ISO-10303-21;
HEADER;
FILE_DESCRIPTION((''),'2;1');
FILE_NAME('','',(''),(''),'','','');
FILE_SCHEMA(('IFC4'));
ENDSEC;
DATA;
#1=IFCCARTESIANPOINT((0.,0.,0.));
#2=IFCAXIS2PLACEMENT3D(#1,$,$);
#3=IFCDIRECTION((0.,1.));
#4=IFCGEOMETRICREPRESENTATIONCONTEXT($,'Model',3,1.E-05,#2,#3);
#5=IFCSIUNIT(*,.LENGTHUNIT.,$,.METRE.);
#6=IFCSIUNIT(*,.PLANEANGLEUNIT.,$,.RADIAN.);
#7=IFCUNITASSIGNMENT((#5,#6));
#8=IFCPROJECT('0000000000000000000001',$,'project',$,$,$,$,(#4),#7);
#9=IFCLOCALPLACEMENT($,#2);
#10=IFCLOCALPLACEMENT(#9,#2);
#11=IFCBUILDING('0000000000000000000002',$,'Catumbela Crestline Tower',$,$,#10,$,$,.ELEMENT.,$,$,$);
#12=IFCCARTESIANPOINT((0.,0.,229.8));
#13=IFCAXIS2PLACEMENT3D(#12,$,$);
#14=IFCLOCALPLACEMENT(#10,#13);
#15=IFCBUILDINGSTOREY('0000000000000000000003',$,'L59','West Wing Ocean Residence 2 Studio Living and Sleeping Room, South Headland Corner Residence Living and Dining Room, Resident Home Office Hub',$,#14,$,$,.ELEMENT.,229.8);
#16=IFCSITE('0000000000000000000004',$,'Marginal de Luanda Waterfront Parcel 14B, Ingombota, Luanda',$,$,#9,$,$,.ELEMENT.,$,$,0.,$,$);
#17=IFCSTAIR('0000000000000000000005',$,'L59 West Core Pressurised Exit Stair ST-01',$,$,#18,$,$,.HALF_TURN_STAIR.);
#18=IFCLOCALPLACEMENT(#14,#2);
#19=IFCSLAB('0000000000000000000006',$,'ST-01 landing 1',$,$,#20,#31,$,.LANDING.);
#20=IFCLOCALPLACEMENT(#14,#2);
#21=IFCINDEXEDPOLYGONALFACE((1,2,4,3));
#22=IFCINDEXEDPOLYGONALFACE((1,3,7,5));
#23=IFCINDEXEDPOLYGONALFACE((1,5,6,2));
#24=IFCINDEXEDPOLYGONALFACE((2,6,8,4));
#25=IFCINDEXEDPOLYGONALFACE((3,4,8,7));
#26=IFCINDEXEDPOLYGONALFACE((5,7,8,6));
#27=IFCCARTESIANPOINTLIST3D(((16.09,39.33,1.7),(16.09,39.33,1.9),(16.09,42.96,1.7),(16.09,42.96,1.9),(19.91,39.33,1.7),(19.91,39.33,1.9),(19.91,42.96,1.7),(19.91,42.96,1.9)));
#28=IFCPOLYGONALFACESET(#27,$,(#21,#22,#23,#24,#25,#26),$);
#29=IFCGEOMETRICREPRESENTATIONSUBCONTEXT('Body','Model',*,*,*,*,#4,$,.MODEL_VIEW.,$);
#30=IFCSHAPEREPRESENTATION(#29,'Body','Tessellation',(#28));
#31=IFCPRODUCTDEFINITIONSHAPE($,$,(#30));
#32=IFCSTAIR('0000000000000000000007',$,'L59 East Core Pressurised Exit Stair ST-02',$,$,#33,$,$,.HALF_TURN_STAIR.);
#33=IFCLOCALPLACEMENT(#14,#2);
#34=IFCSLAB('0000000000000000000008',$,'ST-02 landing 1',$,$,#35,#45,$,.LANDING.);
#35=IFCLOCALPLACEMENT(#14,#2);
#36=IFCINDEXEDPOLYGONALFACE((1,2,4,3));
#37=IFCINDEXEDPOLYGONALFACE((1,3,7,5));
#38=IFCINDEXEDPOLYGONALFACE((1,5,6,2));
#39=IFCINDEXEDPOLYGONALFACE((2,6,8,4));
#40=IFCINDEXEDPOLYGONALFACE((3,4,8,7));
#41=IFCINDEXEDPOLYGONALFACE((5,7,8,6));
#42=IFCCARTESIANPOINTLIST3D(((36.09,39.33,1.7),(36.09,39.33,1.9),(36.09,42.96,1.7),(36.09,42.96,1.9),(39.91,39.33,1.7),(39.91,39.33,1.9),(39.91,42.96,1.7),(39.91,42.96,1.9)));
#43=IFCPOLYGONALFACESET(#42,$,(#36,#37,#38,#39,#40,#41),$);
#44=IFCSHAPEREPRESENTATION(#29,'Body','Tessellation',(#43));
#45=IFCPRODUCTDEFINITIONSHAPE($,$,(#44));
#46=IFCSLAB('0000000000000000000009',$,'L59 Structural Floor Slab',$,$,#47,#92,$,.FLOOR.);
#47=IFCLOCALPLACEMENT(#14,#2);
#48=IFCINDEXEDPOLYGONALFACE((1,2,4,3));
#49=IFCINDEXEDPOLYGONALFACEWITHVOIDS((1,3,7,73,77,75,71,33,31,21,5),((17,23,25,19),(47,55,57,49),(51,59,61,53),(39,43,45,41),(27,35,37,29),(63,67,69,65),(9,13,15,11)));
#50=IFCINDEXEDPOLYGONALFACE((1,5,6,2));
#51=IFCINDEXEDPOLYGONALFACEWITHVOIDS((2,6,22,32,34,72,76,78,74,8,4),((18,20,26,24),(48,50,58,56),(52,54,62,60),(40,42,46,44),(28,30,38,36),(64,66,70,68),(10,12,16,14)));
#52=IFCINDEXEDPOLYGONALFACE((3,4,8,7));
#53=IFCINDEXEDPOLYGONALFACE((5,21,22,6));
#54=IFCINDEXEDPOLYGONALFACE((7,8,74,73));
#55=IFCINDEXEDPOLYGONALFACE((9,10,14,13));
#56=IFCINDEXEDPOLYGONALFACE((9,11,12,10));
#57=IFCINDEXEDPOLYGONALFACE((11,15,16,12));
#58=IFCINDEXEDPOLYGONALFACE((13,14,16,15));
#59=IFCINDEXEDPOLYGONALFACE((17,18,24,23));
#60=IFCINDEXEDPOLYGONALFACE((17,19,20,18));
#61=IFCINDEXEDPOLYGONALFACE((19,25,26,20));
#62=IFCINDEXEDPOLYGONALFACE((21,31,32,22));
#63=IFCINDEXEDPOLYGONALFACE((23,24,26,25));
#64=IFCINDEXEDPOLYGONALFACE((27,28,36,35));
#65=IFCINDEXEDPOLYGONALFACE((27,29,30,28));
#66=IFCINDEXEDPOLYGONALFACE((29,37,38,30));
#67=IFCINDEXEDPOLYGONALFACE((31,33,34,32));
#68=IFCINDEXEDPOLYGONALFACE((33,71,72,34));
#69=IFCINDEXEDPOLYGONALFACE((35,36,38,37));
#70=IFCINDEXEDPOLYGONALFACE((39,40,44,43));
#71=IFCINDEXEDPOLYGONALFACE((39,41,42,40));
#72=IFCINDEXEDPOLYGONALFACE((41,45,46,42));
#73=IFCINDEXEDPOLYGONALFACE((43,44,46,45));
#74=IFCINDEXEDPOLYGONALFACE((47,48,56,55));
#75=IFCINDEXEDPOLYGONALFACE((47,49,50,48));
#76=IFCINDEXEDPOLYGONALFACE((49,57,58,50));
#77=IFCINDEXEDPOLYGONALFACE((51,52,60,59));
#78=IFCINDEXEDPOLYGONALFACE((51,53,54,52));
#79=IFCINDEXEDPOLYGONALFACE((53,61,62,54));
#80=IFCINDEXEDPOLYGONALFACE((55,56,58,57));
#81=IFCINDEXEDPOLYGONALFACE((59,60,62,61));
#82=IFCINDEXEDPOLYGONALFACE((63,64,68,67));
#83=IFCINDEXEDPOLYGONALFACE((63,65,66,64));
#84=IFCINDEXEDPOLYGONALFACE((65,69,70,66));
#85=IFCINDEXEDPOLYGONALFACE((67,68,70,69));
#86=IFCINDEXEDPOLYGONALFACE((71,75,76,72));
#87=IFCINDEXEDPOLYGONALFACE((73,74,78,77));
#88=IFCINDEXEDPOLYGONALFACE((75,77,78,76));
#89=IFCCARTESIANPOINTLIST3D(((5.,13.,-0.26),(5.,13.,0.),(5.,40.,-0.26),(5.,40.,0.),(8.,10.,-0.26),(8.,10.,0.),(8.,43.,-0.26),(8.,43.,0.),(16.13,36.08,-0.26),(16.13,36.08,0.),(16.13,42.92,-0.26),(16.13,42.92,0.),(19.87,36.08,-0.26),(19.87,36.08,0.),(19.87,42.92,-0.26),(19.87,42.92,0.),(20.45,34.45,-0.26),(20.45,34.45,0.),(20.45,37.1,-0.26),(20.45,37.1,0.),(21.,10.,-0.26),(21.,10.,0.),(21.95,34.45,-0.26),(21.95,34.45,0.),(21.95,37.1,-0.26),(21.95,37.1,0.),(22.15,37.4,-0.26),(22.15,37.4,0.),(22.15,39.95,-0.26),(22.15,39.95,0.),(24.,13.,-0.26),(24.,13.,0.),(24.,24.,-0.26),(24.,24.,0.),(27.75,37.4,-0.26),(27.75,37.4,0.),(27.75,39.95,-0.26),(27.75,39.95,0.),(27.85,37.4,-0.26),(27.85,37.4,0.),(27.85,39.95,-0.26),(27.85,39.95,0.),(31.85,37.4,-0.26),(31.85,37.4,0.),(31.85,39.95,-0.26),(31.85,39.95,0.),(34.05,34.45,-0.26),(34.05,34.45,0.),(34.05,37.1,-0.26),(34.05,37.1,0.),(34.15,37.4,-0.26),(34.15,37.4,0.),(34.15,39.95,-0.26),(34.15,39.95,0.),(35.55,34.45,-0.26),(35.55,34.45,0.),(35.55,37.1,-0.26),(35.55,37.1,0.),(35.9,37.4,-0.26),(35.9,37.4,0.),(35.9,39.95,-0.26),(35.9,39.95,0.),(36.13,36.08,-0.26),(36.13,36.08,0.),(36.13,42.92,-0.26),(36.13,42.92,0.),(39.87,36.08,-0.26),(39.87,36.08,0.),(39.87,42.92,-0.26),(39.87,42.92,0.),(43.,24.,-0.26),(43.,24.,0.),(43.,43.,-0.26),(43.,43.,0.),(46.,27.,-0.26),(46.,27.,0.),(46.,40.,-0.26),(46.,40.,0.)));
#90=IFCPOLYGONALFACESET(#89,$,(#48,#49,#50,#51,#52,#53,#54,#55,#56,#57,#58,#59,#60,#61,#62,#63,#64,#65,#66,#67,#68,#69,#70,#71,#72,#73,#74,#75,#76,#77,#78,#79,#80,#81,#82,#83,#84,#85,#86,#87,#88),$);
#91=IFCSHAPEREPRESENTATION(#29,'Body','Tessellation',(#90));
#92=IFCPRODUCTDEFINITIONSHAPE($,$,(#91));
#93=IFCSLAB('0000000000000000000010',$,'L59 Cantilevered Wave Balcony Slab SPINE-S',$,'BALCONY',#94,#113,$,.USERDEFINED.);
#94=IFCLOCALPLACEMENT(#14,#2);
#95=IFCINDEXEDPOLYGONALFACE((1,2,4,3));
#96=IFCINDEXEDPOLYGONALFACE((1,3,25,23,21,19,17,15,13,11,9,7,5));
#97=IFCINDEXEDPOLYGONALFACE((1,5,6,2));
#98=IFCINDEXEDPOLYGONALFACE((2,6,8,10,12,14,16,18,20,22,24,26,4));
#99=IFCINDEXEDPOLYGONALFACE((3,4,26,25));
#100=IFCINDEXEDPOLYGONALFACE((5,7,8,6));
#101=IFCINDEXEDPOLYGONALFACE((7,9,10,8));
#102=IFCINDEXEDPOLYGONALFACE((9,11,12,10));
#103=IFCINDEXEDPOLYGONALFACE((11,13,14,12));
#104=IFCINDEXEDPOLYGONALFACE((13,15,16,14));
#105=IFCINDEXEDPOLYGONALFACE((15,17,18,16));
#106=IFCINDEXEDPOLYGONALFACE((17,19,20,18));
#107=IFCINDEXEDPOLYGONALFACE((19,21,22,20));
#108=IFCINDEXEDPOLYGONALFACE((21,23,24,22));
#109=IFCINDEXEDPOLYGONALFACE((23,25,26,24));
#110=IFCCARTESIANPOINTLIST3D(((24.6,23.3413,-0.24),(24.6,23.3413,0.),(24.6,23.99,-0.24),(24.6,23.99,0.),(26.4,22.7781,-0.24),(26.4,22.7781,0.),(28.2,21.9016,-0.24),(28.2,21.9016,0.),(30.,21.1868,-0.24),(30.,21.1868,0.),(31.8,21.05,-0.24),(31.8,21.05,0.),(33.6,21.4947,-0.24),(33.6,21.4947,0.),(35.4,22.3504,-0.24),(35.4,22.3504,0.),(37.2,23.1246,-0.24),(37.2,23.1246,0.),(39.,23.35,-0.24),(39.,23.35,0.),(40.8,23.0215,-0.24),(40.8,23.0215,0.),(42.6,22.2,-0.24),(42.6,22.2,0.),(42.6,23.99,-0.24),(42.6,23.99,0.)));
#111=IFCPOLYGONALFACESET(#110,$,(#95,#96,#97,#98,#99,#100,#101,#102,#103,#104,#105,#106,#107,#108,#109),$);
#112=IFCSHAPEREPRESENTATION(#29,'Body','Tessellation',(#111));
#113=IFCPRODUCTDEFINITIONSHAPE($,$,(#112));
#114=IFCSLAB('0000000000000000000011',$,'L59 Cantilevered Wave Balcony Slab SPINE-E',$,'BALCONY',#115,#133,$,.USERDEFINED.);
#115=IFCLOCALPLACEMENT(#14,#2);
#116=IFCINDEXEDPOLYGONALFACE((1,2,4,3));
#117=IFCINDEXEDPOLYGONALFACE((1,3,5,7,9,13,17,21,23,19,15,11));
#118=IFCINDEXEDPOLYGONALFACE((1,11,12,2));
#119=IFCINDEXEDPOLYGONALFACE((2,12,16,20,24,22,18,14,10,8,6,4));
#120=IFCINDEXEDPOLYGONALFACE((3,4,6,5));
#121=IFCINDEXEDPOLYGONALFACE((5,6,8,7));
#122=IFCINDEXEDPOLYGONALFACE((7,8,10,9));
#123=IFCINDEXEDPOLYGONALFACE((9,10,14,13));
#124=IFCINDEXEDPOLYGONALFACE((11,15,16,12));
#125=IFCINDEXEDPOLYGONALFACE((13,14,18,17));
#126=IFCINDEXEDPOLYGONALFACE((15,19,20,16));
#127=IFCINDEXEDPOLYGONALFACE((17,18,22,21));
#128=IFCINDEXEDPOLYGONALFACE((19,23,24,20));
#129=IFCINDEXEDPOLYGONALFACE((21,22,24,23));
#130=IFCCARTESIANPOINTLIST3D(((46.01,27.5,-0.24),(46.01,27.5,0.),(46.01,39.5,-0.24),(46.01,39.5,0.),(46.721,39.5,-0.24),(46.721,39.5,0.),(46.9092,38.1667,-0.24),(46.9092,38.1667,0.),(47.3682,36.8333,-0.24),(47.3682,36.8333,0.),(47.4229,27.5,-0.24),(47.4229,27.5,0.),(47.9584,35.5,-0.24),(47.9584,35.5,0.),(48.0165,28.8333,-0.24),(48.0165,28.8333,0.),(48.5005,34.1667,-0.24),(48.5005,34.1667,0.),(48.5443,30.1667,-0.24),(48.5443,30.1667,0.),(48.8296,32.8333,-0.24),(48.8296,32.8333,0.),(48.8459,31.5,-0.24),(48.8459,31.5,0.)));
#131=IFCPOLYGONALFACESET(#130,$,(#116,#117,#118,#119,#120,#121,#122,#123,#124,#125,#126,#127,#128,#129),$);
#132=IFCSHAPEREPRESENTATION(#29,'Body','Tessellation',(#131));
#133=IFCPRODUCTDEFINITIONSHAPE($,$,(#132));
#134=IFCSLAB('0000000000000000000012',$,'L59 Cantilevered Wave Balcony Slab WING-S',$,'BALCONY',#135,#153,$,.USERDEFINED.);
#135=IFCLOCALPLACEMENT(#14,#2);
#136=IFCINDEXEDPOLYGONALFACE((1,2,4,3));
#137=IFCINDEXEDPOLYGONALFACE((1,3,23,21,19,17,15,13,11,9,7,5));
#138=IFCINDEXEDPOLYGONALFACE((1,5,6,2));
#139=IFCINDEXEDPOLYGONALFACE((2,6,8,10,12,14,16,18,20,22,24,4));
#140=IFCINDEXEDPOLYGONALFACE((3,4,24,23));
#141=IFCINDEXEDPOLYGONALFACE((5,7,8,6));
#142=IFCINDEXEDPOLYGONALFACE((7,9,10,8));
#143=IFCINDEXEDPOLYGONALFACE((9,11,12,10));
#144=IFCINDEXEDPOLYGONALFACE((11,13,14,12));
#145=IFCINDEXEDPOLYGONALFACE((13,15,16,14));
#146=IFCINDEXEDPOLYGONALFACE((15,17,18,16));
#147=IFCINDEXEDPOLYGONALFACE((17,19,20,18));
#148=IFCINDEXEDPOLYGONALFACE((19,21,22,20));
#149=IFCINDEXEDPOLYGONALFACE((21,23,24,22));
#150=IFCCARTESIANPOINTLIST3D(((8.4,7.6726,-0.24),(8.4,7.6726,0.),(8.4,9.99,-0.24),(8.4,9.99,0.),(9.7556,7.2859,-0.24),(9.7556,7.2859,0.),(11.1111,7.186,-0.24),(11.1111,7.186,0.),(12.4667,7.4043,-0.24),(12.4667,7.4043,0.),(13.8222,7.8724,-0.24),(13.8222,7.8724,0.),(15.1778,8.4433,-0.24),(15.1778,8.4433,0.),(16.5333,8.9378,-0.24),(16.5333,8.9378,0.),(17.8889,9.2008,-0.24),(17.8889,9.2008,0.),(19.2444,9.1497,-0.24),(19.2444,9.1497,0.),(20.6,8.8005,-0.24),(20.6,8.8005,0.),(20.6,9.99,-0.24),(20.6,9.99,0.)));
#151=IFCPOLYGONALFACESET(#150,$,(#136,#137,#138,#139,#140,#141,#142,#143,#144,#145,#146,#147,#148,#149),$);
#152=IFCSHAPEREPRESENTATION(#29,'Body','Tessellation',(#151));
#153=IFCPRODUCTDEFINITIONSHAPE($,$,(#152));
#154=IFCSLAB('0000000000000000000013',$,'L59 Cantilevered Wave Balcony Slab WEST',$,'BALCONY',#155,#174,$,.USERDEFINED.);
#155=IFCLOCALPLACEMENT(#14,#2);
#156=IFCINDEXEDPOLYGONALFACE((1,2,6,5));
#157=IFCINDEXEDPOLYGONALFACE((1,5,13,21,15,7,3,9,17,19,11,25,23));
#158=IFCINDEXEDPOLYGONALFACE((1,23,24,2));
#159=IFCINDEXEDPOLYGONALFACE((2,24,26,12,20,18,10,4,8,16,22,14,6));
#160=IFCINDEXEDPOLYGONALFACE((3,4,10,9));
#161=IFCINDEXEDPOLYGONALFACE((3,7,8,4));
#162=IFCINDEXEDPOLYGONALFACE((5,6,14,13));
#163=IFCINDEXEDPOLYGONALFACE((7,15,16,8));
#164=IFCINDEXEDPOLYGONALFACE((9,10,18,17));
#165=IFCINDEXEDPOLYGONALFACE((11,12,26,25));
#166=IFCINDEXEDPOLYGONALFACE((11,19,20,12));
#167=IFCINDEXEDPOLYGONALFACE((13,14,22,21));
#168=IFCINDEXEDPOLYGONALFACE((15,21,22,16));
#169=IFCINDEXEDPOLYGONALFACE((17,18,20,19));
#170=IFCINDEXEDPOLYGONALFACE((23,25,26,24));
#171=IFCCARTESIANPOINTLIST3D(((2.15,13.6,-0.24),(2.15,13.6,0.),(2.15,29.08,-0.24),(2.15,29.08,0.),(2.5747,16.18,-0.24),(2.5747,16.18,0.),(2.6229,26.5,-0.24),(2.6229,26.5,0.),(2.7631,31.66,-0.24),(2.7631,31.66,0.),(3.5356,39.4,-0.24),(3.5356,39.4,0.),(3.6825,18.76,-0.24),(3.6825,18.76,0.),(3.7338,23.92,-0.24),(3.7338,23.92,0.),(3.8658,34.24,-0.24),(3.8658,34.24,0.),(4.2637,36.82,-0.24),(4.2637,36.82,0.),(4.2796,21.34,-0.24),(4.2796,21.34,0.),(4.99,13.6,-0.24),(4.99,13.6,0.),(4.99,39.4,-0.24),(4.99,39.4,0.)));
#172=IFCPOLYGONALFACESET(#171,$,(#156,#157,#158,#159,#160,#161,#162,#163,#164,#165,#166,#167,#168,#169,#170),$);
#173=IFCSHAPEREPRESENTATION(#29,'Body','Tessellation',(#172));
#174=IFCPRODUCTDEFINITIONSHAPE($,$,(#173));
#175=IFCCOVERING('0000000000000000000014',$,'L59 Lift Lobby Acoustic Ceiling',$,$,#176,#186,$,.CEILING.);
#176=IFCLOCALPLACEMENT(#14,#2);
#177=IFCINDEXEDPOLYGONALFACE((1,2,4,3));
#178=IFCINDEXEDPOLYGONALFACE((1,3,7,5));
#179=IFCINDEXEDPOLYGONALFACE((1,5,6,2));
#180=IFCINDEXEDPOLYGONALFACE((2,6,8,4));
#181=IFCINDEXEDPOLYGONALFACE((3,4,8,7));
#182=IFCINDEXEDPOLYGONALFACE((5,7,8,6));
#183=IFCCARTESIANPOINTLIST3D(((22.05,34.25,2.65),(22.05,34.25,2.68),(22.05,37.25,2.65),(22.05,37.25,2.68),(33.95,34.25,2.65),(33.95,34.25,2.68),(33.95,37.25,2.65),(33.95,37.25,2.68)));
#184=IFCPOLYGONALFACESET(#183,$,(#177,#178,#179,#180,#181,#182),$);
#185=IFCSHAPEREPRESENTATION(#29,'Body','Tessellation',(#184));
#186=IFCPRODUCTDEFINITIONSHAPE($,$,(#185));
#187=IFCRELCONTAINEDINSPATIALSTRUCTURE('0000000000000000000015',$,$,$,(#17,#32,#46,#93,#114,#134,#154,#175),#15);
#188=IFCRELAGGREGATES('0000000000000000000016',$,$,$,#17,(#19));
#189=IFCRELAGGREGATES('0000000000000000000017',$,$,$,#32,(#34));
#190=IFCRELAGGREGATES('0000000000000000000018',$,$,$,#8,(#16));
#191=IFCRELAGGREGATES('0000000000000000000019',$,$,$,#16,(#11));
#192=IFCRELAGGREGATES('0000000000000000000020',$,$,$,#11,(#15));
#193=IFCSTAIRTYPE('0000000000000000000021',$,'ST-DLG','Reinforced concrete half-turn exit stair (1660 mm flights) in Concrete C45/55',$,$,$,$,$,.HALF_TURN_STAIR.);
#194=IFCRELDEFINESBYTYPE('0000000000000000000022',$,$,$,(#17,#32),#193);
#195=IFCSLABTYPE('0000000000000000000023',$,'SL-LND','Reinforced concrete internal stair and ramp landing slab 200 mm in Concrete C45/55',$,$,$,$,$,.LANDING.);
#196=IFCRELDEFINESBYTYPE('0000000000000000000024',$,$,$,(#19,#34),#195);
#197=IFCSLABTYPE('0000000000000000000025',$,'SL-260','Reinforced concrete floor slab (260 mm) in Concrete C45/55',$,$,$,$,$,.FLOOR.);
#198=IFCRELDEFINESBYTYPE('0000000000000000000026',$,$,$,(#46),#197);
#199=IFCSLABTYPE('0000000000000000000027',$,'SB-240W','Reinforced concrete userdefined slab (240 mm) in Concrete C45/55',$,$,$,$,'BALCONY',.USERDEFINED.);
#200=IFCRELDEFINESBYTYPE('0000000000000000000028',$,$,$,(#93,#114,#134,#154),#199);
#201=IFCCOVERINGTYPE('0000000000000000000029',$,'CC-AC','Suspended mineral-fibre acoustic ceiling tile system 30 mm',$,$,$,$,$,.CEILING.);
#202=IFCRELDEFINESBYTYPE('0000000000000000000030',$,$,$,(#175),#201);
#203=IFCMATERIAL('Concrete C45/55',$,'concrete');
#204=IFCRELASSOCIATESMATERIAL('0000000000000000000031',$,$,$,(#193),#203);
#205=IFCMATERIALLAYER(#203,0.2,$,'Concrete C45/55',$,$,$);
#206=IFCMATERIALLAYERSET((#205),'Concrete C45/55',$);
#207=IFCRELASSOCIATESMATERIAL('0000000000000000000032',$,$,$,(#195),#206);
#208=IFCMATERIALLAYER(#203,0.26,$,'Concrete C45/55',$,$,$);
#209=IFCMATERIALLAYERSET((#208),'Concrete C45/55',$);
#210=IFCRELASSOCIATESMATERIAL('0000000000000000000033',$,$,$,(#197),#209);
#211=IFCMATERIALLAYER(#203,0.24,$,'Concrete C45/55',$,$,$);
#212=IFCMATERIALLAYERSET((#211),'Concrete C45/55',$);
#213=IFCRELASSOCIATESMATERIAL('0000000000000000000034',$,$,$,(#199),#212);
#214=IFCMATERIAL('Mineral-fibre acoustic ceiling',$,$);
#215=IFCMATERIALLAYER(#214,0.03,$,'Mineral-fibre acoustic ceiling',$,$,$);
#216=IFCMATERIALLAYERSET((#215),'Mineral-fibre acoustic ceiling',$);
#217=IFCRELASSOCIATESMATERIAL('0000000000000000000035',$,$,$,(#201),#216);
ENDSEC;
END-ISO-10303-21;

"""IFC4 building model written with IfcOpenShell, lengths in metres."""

from ifc_helpers import new_model, si_unit, direction, frame, origin, place, context, subcontext, project, spatial, polyline, outline, extrude, material, layer, layer_set, type_object, element, aggregate, save


model = new_model("IFC4")

# Units and contexts
model_context = context("Model", 3, precision=1e-05, world=origin(), true_north=direction((0.0, 1.0)))
body_context = subcontext(model_context, "Body", "Model", "MODEL_VIEW")
ifc_project = project(units=[si_unit("LENGTHUNIT", "METRE"), si_unit("PLANEANGLEUNIT", "RADIAN")], contexts=[model_context])

# Site, building, storey
site_placement = place(None, origin())
site = spatial("IfcSite", under=ifc_project, at=site_placement, Name="Marginal de Luanda Waterfront Parcel 14B, Ingombota, Luanda", CompositionType="ELEMENT", RefElevation=0.0)
building_placement = place(site_placement, origin())
building = spatial("IfcBuilding", under=site, at=building_placement, Name="Catumbela Crestline Tower", CompositionType="ELEMENT")
storey_placement = place(building_placement, frame((0.0, 0.0, 229.8)))
storey = spatial("IfcBuildingStorey", under=building, at=storey_placement, Name="L59", Description="West Wing Ocean Residence 2 Studio Living and Sleeping Room, South Headland Corner Residence Living and Dining Room, Resident Home Office Hub", CompositionType="ELEMENT", Elevation=229.8)

# Stairs, slabs
ifc_material_1 = material(Name="Concrete C45/55", Category="concrete")
stair_type = type_object("IfcStairType", Name="ST-DLG", Description="Reinforced concrete half-turn exit stair (1660 mm flights) in Concrete C45/55", PredefinedType="HALF_TURN_STAIR", material=ifc_material_1)
stair_1_placement = place(storey_placement, origin())
stair_1 = element("IfcStair", 1, at=stair_1_placement, inside=storey, type_object=stair_type, Name="L59 West Core Pressurised Exit Stair ST-01", PredefinedType="HALF_TURN_STAIR")
ifc_layer_1 = layer(ifc_material_1, 0.2, Name="Concrete C45/55")
ifc_layer_set_1 = layer_set([ifc_layer_1], Name="Concrete C45/55")
slab_type_1 = type_object("IfcSlabType", Name="SL-LND", Description="Reinforced concrete internal stair and ramp landing slab 200 mm in Concrete C45/55", PredefinedType="LANDING", material=ifc_layer_set_1)
slab_1_placement = place(storey_placement, frame((0.0, 0.0, 1.7)))
slab_1 = element("IfcSlab", 2, at=slab_1_placement, type_object=slab_type_1, Name="ST-01 landing 1", PredefinedType="LANDING", context=body_context, shape_type="SweptSolid", body=[
    extrude(outline(polyline([(19.91, 39.33), (19.91, 42.96), (16.09, 42.96), (16.09, 39.33), (19.91, 39.33)])), origin(), (0.0, 0.0, 1.0), 0.2),
])
aggregate(stair_1, [slab_1])
stair_2_placement = place(storey_placement, origin())
stair_2 = element("IfcStair", 3, at=stair_2_placement, inside=storey, type_object=stair_type, Name="L59 East Core Pressurised Exit Stair ST-02", PredefinedType="HALF_TURN_STAIR")
slab_2_placement = place(storey_placement, frame((0.0, 0.0, 1.7)))
slab_2 = element("IfcSlab", 4, at=slab_2_placement, type_object=slab_type_1, Name="ST-02 landing 1", PredefinedType="LANDING", context=body_context, shape_type="SweptSolid", body=[
    extrude(outline(polyline([(39.91, 39.33), (39.91, 42.96), (36.09, 42.96), (36.09, 39.33), (39.91, 39.33)])), origin(), (0.0, 0.0, 1.0), 0.2),
])
aggregate(stair_2, [slab_2])

# Slabs
ifc_layer_2 = layer(ifc_material_1, 0.26, Name="Concrete C45/55")
ifc_layer_set_2 = layer_set([ifc_layer_2], Name="Concrete C45/55")
slab_type_2 = type_object("IfcSlabType", Name="SL-260", Description="Reinforced concrete floor slab (260 mm) in Concrete C45/55", PredefinedType="FLOOR", material=ifc_layer_set_2)
slab_3_placement = place(storey_placement, frame((0.0, 0.0, -0.26)))
element("IfcSlab", 5, at=slab_3_placement, inside=storey, type_object=slab_type_2, Name="L59 Structural Floor Slab", PredefinedType="FLOOR", context=body_context, shape_type="SweptSolid", body=[
    extrude(outline(polyline([(8.0, 10.0), (21.0, 10.0), (24.0, 13.0), (24.0, 24.0), (43.0, 24.0), (46.0, 27.0), (46.0, 40.0), (43.0, 43.0), (8.0, 43.0), (5.0, 40.0), (5.0, 13.0), (8.0, 10.0)]), holes=[polyline([(16.13, 36.08), (19.87, 36.08), (19.87, 42.92), (16.13, 42.92), (16.13, 36.08)]), polyline([(36.13, 36.08), (39.87, 36.08), (39.87, 42.92), (36.13, 42.92), (36.13, 36.08)]), polyline([(22.15, 37.4), (27.75, 37.4), (27.75, 39.95), (22.15, 39.95), (22.15, 37.4)]), polyline([(27.85, 37.4), (31.85, 37.4), (31.85, 39.95), (27.85, 39.95), (27.85, 37.4)]), polyline([(20.45, 34.45), (21.95, 34.45), (21.95, 37.1), (20.45, 37.1), (20.45, 34.45)]), polyline([(34.05, 34.45), (35.55, 34.45), (35.55, 37.1), (34.05, 37.1), (34.05, 34.45)]), polyline([(34.15, 37.4), (35.9, 37.4), (35.9, 39.95), (34.15, 39.95), (34.15, 37.4)])]), origin(), (0.0, 0.0, 1.0), 0.26),
])
ifc_layer_3 = layer(ifc_material_1, 0.24, Name="Concrete C45/55")
ifc_layer_set_3 = layer_set([ifc_layer_3], Name="Concrete C45/55")
slab_type_3 = type_object("IfcSlabType", Name="SB-240W", Description="Reinforced concrete userdefined slab (240 mm) in Concrete C45/55", ElementType="BALCONY", PredefinedType="USERDEFINED", material=ifc_layer_set_3)
slab_4_placement = place(storey_placement, frame((0.0, 0.0, -0.24)))
element("IfcSlab", 6, at=slab_4_placement, inside=storey, type_object=slab_type_3, Name="L59 Cantilevered Wave Balcony Slab SPINE-S", ObjectType="BALCONY", PredefinedType="USERDEFINED", context=body_context, shape_type="SweptSolid", body=[
    extrude(outline(polyline([(24.6, 23.3413), (26.4, 22.7781), (28.2, 21.9016), (30.0, 21.1868), (31.8, 21.05), (33.6, 21.4947), (35.4, 22.3504), (37.2, 23.1246), (39.0, 23.35), (40.8, 23.0215), (42.6, 22.2), (42.6, 23.99), (24.6, 23.99), (24.6, 23.3413)])), origin(), (0.0, 0.0, 1.0), 0.24),
])
slab_5_placement = place(storey_placement, frame((0.0, 0.0, -0.24)))
element("IfcSlab", 7, at=slab_5_placement, inside=storey, type_object=slab_type_3, Name="L59 Cantilevered Wave Balcony Slab SPINE-E", ObjectType="BALCONY", PredefinedType="USERDEFINED", context=body_context, shape_type="SweptSolid", body=[
    extrude(outline(polyline([(46.01, 27.5), (47.4229, 27.5), (48.0165, 28.8333), (48.5443, 30.1667), (48.8459, 31.5), (48.8296, 32.8333), (48.5005, 34.1667), (47.9584, 35.5), (47.3682, 36.8333), (46.9092, 38.1667), (46.721, 39.5), (46.01, 39.5), (46.01, 27.5)])), origin(), (0.0, 0.0, 1.0), 0.24),
])
slab_6_placement = place(storey_placement, frame((0.0, 0.0, -0.24)))
element("IfcSlab", 8, at=slab_6_placement, inside=storey, type_object=slab_type_3, Name="L59 Cantilevered Wave Balcony Slab WING-S", ObjectType="BALCONY", PredefinedType="USERDEFINED", context=body_context, shape_type="SweptSolid", body=[
    extrude(outline(polyline([(8.4, 7.6726), (9.7556, 7.2859), (11.1111, 7.186), (12.4667, 7.4043), (13.8222, 7.8724), (15.1778, 8.4433), (16.5333, 8.9378), (17.8889, 9.2008), (19.2444, 9.1497), (20.6, 8.8005), (20.6, 9.99), (8.4, 9.99), (8.4, 7.6726)])), origin(), (0.0, 0.0, 1.0), 0.24),
])
slab_7_placement = place(storey_placement, frame((0.0, 0.0, -0.24)))
element("IfcSlab", 9, at=slab_7_placement, inside=storey, type_object=slab_type_3, Name="L59 Cantilevered Wave Balcony Slab WEST", ObjectType="BALCONY", PredefinedType="USERDEFINED", context=body_context, shape_type="SweptSolid", body=[
    extrude(outline(polyline([(4.99, 39.4), (3.5356, 39.4), (4.2637, 36.82), (3.8658, 34.24), (2.7631, 31.66), (2.15, 29.08), (2.6229, 26.5), (3.7338, 23.92), (4.2796, 21.34), (3.6825, 18.76), (2.5747, 16.18), (2.15, 13.6), (4.99, 13.6), (4.99, 39.4)])), origin(), (0.0, 0.0, 1.0), 0.24),
])

# Covering
ifc_material_2 = material(Name="Mineral-fibre acoustic ceiling")
ifc_layer_4 = layer(ifc_material_2, 0.03, Name="Mineral-fibre acoustic ceiling")
ifc_layer_set_4 = layer_set([ifc_layer_4], Name="Mineral-fibre acoustic ceiling")
covering_type_1 = type_object("IfcCoveringType", Name="CC-AC", Description="Suspended mineral-fibre acoustic ceiling tile system 30 mm", PredefinedType="CEILING", material=ifc_layer_set_4)
covering_1_placement = place(storey_placement, frame((0.0, 0.0, 2.65)))
element("IfcCovering", 10, at=covering_1_placement, inside=storey, type_object=covering_type_1, Name="L59 Lift Lobby Acoustic Ceiling", PredefinedType="CEILING", context=body_context, shape_type="SweptSolid", body=[
    extrude(outline(polyline([(22.05, 34.25), (33.95, 34.25), (33.95, 37.25), (22.05, 37.25), (22.05, 34.25)])), origin(), (0.0, 0.0, 1.0), 0.03),
])

save(model, "model.ifc")
